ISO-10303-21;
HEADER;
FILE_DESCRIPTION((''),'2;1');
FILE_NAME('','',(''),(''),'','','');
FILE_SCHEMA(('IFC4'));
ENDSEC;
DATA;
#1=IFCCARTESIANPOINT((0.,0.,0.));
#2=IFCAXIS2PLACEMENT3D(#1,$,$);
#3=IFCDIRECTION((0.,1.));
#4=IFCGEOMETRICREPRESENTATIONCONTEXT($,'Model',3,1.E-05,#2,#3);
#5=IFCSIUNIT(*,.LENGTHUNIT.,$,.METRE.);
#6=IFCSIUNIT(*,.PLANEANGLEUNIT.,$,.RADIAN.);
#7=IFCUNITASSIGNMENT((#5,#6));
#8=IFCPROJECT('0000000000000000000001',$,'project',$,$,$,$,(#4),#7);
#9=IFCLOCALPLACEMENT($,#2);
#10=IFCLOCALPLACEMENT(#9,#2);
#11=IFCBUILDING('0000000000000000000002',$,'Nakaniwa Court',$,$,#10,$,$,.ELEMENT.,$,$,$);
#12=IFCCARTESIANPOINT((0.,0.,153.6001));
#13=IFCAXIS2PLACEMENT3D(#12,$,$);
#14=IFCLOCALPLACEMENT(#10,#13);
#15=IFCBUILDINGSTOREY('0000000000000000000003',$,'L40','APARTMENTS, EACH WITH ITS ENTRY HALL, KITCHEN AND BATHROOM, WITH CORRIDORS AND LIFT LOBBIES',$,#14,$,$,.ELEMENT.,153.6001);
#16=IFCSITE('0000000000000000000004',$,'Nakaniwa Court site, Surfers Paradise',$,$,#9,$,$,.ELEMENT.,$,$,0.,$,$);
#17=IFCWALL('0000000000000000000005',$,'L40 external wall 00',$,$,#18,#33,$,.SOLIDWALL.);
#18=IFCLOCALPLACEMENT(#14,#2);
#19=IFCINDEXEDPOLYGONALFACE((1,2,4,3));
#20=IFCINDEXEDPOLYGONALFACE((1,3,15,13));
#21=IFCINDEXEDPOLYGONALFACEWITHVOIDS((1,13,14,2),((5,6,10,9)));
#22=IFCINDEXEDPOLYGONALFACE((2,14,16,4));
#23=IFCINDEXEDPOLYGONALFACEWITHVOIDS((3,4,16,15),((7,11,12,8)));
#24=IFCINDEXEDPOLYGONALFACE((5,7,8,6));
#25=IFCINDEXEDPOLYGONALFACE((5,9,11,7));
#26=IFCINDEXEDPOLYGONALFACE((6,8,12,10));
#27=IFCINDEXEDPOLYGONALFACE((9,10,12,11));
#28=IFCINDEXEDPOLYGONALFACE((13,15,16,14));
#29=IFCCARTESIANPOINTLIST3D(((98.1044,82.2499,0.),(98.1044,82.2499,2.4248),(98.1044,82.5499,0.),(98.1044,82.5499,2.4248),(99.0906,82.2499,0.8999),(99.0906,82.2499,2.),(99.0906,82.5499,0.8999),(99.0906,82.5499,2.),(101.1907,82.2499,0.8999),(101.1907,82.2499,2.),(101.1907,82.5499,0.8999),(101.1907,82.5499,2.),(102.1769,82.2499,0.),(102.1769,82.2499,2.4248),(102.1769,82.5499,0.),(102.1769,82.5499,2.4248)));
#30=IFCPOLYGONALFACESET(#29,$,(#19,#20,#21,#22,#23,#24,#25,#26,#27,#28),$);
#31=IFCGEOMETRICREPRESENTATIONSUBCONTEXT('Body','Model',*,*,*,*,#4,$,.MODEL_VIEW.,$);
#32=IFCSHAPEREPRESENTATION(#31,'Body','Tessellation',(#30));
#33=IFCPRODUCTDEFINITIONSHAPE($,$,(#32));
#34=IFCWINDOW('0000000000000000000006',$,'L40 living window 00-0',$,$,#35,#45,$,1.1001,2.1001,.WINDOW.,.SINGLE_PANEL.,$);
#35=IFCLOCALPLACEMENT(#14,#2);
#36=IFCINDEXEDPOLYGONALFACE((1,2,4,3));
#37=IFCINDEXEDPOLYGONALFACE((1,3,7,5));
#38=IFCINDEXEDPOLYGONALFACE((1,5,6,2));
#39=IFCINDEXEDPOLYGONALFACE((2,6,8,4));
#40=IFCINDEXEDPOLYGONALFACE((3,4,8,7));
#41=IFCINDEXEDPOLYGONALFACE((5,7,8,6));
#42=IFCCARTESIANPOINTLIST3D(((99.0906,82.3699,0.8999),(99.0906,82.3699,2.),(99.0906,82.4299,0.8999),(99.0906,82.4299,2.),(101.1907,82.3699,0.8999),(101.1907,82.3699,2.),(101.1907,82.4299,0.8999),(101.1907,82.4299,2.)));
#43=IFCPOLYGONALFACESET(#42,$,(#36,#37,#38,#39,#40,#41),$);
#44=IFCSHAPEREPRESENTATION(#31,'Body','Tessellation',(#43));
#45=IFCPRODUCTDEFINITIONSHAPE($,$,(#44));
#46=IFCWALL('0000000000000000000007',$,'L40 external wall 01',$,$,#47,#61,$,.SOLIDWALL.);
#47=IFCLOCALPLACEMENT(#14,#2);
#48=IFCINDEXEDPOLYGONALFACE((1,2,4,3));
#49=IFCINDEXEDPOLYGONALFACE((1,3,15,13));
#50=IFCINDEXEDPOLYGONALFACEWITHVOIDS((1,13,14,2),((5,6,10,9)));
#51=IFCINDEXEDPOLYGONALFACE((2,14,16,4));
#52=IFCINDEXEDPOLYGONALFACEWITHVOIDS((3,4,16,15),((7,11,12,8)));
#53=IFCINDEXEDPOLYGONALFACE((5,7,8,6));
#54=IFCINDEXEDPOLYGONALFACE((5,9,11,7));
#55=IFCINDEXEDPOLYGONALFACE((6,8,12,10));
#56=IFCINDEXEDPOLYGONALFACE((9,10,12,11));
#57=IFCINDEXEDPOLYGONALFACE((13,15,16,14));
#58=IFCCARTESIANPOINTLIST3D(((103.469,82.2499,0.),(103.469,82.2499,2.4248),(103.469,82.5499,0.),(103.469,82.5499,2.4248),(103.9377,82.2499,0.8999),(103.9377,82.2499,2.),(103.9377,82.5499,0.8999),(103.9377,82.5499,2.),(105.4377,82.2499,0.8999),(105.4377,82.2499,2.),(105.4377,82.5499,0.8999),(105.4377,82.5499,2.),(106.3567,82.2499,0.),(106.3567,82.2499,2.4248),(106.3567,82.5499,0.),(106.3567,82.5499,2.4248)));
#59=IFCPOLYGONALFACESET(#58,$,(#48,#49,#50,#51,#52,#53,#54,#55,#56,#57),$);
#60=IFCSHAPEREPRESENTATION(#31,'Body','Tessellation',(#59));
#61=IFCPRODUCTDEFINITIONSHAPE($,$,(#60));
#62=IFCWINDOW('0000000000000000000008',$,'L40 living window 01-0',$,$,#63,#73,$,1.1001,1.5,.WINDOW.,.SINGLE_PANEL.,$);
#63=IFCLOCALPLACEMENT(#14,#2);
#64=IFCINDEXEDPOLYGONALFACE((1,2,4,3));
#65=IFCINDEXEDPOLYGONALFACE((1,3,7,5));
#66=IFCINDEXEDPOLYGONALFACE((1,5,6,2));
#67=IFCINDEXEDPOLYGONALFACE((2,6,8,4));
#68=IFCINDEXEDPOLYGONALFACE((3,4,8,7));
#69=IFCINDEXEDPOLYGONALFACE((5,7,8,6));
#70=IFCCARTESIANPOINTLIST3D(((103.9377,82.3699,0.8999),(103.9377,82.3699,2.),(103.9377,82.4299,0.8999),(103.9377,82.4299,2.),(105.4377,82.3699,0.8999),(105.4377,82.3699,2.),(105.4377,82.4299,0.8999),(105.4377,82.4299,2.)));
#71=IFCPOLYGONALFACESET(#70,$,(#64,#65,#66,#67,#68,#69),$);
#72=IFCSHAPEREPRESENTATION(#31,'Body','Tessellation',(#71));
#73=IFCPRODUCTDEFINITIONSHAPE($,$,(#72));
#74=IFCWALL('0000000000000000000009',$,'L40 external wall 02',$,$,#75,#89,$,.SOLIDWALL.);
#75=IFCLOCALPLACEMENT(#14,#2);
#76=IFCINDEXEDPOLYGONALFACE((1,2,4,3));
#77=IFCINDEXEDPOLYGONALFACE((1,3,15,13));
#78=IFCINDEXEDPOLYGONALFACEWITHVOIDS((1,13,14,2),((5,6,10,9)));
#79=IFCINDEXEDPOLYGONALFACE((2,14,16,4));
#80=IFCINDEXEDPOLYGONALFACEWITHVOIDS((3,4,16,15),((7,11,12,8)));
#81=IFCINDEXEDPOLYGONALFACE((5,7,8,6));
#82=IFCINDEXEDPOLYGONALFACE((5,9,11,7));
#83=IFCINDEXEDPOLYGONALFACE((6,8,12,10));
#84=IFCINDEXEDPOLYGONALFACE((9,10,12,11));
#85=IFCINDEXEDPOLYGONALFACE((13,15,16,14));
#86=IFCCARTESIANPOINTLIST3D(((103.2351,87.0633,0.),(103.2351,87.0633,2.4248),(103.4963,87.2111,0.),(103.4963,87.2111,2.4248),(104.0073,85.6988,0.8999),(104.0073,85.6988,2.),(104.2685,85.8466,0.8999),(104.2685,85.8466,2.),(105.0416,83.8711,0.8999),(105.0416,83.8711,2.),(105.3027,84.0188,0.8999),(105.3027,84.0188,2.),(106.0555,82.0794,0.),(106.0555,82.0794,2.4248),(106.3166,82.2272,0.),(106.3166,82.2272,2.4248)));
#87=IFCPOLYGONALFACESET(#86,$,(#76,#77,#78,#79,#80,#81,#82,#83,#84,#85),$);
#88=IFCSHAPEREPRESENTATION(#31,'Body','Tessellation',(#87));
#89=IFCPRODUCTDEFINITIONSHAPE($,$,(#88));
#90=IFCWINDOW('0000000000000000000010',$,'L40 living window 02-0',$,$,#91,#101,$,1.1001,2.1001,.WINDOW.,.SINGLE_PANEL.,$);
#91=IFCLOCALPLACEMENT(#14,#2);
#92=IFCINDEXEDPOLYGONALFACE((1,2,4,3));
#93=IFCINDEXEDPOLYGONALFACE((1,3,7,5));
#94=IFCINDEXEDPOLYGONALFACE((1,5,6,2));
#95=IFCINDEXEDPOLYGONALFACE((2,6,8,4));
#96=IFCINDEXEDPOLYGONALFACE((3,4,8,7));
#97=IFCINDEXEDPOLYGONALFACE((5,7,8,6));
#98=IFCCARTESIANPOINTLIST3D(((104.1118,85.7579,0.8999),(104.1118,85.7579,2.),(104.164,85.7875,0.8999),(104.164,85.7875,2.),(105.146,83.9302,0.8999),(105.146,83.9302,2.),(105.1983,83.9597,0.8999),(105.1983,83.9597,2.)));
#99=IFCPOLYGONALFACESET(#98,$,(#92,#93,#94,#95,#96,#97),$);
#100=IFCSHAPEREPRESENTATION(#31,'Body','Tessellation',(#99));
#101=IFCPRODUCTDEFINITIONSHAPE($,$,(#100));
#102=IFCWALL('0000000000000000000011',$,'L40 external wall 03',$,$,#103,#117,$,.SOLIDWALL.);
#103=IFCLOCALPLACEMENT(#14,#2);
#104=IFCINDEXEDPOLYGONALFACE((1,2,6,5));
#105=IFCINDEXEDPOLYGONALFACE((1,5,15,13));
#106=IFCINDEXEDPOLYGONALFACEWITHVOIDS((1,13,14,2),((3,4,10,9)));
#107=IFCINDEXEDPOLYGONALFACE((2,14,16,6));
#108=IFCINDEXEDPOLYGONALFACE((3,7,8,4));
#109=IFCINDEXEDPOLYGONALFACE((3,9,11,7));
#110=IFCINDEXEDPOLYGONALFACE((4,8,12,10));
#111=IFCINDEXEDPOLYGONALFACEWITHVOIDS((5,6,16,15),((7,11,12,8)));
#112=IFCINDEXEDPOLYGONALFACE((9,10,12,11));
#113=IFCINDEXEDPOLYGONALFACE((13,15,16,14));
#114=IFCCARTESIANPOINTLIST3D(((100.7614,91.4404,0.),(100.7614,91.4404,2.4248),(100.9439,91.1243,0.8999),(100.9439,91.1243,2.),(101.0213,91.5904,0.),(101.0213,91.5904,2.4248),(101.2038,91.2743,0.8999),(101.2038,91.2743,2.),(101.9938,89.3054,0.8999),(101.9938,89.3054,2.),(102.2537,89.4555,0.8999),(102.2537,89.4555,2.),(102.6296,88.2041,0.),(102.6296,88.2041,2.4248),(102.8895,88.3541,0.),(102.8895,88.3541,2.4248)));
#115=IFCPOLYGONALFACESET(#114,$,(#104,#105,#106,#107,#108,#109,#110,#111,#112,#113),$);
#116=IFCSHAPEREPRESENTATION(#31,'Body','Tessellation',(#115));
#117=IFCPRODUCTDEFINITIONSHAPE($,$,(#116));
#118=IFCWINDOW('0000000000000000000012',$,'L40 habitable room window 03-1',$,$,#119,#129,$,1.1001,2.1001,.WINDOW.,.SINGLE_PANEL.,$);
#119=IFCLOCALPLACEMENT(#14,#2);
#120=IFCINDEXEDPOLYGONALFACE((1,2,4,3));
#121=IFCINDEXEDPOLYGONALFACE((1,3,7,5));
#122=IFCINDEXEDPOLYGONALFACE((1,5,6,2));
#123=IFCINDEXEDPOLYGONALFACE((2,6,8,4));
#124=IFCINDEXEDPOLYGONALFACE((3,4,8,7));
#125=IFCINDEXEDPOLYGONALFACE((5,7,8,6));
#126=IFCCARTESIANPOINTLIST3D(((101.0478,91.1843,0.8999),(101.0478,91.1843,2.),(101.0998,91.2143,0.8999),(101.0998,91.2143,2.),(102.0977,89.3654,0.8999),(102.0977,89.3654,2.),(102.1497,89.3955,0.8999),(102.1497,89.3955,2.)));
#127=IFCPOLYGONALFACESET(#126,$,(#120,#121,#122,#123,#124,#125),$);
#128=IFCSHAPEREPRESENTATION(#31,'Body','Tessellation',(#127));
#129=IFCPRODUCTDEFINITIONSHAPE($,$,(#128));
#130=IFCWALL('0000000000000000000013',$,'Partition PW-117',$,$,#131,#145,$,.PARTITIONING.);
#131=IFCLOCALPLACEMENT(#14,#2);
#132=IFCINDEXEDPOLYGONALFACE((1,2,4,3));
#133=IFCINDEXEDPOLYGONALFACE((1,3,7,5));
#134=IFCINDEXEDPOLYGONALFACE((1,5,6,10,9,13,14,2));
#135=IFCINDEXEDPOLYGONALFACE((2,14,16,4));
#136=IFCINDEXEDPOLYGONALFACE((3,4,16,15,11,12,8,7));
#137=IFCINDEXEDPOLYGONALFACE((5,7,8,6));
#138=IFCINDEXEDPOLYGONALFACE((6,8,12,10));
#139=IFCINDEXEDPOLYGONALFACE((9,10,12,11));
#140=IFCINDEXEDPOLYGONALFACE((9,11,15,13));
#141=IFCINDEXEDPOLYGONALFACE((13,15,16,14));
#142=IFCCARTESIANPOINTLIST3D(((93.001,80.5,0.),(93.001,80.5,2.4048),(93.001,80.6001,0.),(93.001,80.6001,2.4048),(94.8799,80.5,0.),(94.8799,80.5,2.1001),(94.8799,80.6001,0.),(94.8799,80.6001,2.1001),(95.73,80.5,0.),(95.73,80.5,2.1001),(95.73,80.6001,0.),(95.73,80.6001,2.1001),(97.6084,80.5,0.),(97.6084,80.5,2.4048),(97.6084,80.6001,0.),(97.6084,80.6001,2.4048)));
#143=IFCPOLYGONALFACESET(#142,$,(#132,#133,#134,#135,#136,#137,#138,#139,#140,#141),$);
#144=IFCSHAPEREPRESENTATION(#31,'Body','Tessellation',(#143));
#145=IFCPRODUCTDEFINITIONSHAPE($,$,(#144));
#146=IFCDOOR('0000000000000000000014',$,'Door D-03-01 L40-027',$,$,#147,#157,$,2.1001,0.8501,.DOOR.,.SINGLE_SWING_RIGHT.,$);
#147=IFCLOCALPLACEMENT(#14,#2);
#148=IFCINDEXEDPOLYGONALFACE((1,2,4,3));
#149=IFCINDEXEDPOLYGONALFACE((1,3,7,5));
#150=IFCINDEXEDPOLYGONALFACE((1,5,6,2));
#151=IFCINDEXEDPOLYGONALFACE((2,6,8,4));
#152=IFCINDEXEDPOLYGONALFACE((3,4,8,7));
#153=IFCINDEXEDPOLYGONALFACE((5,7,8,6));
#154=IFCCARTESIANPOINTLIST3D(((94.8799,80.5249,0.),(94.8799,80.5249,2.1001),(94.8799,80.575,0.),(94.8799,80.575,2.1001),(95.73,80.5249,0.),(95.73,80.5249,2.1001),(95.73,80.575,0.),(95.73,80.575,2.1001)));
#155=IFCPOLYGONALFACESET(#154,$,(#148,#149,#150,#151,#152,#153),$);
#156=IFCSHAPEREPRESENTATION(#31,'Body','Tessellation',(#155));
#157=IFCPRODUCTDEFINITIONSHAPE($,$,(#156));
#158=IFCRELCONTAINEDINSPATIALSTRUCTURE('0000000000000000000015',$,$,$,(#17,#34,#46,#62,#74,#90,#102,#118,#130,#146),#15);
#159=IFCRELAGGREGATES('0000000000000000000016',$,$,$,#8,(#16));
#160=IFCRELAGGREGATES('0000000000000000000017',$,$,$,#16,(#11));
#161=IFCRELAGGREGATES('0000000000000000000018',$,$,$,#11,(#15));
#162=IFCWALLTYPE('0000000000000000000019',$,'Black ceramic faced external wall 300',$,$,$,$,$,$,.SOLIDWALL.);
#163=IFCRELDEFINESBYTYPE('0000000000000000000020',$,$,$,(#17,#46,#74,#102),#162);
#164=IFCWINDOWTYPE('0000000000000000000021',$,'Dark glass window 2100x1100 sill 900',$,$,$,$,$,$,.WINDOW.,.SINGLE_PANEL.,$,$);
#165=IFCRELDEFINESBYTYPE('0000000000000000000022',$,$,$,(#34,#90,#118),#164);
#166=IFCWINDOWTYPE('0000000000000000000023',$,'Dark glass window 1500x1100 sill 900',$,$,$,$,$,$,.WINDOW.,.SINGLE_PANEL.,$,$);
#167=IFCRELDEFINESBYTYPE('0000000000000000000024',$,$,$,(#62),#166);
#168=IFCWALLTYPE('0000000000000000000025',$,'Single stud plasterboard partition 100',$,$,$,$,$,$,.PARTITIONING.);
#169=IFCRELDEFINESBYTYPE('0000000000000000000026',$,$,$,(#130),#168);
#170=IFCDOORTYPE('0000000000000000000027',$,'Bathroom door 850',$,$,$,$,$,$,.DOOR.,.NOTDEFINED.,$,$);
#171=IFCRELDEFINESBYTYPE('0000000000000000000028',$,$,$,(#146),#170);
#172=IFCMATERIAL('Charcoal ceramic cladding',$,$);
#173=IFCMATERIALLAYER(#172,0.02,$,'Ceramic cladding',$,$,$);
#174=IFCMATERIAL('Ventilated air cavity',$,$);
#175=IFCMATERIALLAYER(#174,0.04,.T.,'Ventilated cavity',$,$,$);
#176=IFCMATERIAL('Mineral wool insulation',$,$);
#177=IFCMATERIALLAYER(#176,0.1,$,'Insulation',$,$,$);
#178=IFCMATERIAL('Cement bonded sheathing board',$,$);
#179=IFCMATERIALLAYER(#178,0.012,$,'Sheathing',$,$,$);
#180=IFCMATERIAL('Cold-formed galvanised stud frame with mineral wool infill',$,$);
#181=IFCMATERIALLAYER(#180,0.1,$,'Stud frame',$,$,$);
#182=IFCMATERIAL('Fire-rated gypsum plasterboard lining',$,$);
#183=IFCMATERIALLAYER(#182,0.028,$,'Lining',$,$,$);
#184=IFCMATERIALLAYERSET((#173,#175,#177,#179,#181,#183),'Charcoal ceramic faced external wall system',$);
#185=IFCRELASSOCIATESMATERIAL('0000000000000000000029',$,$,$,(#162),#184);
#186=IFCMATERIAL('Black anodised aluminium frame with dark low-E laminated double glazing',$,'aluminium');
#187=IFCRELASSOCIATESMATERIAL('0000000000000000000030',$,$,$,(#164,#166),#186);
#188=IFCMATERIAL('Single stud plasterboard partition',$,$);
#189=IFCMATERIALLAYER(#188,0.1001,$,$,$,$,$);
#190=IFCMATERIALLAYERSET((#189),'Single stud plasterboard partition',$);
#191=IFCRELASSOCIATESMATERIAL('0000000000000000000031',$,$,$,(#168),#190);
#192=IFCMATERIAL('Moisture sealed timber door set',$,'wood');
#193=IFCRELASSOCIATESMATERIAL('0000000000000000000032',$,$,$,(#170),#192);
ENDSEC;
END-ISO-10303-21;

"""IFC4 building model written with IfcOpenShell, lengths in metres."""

from ifc_helpers import new_model, si_unit, direction, frame, frame_2d, origin, place, context, subcontext, project, spatial, rectangle, extrude, material, layer, layer_set, type_object, element, fill, save


model = new_model("IFC4")

# Units and contexts
model_context = context("Model", 3, precision=1e-05, world=origin(), true_north=direction((0.0, 1.0)))
body_context = subcontext(model_context, "Body", "Model", "MODEL_VIEW")
ifc_project = project(units=[si_unit("LENGTHUNIT", "METRE"), si_unit("PLANEANGLEUNIT", "RADIAN")], contexts=[model_context])

# Site, building, storey
site_placement = place(None, origin())
site = spatial("IfcSite", under=ifc_project, at=site_placement, Name="Nakaniwa Court site, Surfers Paradise", CompositionType="ELEMENT", RefElevation=0.0)
building_placement = place(site_placement, origin())
building = spatial("IfcBuilding", under=site, at=building_placement, Name="Nakaniwa Court", CompositionType="ELEMENT")
storey_placement = place(building_placement, frame((0.0, 0.0, 153.6001)))
storey = spatial("IfcBuildingStorey", under=building, at=storey_placement, Name="L40", Description="APARTMENTS, EACH WITH ITS ENTRY HALL, KITCHEN AND BATHROOM, WITH CORRIDORS AND LIFT LOBBIES", CompositionType="ELEMENT", Elevation=153.6001)

# Walls, openings, windows
ifc_material_1 = material(Name="Charcoal ceramic cladding")
ifc_layer_1 = layer(ifc_material_1, 0.02, Name="Ceramic cladding")
ifc_material_2 = material(Name="Ventilated air cavity")
ifc_layer_2 = layer(ifc_material_2, 0.04, ventilated=True, Name="Ventilated cavity")
ifc_material_3 = material(Name="Mineral wool insulation")
ifc_layer_3 = layer(ifc_material_3, 0.1, Name="Insulation")
ifc_material_4 = material(Name="Cement bonded sheathing board")
ifc_layer_4 = layer(ifc_material_4, 0.012, Name="Sheathing")
ifc_material_5 = material(Name="Cold-formed galvanised stud frame with mineral wool infill")
ifc_layer_5 = layer(ifc_material_5, 0.1, Name="Stud frame")
ifc_material_6 = material(Name="Fire-rated gypsum plasterboard lining")
ifc_layer_6 = layer(ifc_material_6, 0.028, Name="Lining")
ifc_layer_set_1 = layer_set([ifc_layer_1, ifc_layer_2, ifc_layer_3, ifc_layer_4, ifc_layer_5, ifc_layer_6], Name="Charcoal ceramic faced external wall system")
wall_type_1 = type_object("IfcWallType", Name="Black ceramic faced external wall 300", PredefinedType="SOLIDWALL", material=ifc_layer_set_1)
wall_1_placement = place(storey_placement, frame((98.1045, 82.3999, 0.0), z_axis=(0.0, 0.0, 1.0), x_axis=(1.0, 0.0, 0.0)))
wall_1 = element("IfcWall", 1, at=wall_1_placement, inside=storey, type_object=wall_type_1, Name="L40 external wall 00", PredefinedType="SOLIDWALL", context=body_context, shape_type="SweptSolid", body=[
    extrude(rectangle(XDim=4.0725, YDim=0.3, at=frame_2d((2.0361, 0.0))), origin(), (0.0, 0.0, 1.0), 2.4248),
])
opening_1_placement = place(wall_1_placement, frame((0.9861, 0.0, 0.8999)))
opening_1 = element("IfcOpeningElement", 2, at=opening_1_placement, cuts=wall_1, PredefinedType="OPENING", context=body_context, shape_type="SweptSolid", body=[
    extrude(rectangle(XDim=2.1001, YDim=1.1001, at=frame_2d((1.05, 0.55))), frame((0.0, 0.1599, 0.0), z_axis=(0.0, -1.0, 0.0), x_axis=(1.0, 0.0, 0.0)), (0.0, 0.0, 1.0), 0.3201),
])
ifc_material_7 = material(Name="Black anodised aluminium frame with dark low-E laminated double glazing", Category="aluminium")
window_type_1 = type_object("IfcWindowType", Name="Dark glass window 2100x1100 sill 900", PartitioningType="SINGLE_PANEL", PredefinedType="WINDOW", material=ifc_material_7)
window_1_placement = place(opening_1_placement, origin())
window_1 = element("IfcWindow", 3, at=window_1_placement, inside=storey, type_object=window_type_1, Name="L40 living window 00-0", OverallHeight=1.1001, OverallWidth=2.1001, PartitioningType="SINGLE_PANEL", PredefinedType="WINDOW", context=body_context, shape_type="SweptSolid", body=[
    extrude(rectangle(XDim=2.1001, YDim=1.1001, at=frame_2d((1.05, 0.55))), frame((0.0, 0.03, 0.0), z_axis=(0.0, -1.0, 0.0), x_axis=(1.0, 0.0, 0.0)), (0.0, 0.0, 1.0), 0.0601),
])
fill(opening_1, window_1)
wall_2_placement = place(storey_placement, frame((103.469, 82.3999, 0.0), z_axis=(0.0, 0.0, 1.0), x_axis=(1.0, 0.0, 0.0)))
wall_2 = element("IfcWall", 4, at=wall_2_placement, inside=storey, type_object=wall_type_1, Name="L40 external wall 01", PredefinedType="SOLIDWALL", context=body_context, shape_type="SweptSolid", body=[
    extrude(rectangle(XDim=2.8877, YDim=0.3, at=frame_2d((1.4438, 0.0))), origin(), (0.0, 0.0, 1.0), 2.4248),
])
opening_2_placement = place(wall_2_placement, frame((0.4688, 0.0, 0.8999)))
opening_2 = element("IfcOpeningElement", 5, at=opening_2_placement, cuts=wall_2, PredefinedType="OPENING", context=body_context, shape_type="SweptSolid", body=[
    extrude(rectangle(XDim=1.5, YDim=1.1001, at=frame_2d((0.75, 0.55))), frame((0.0, 0.1599, 0.0), z_axis=(0.0, -1.0, 0.0), x_axis=(1.0, 0.0, 0.0)), (0.0, 0.0, 1.0), 0.3201),
])
window_type_2 = type_object("IfcWindowType", Name="Dark glass window 1500x1100 sill 900", PartitioningType="SINGLE_PANEL", PredefinedType="WINDOW", material=ifc_material_7)
window_2_placement = place(opening_2_placement, origin())
window_2 = element("IfcWindow", 6, at=window_2_placement, inside=storey, type_object=window_type_2, Name="L40 living window 01-0", OverallHeight=1.1001, OverallWidth=1.5, PartitioningType="SINGLE_PANEL", PredefinedType="WINDOW", context=body_context, shape_type="SweptSolid", body=[
    extrude(rectangle(XDim=1.5, YDim=1.1001, at=frame_2d((0.75, 0.55))), frame((0.0, 0.03, 0.0), z_axis=(0.0, -1.0, 0.0), x_axis=(1.0, 0.0, 0.0)), (0.0, 0.0, 1.0), 0.0601),
])
fill(opening_2, window_2)
wall_3_placement = place(storey_placement, frame((106.186, 82.1533, 0.0), z_axis=(0.0, 0.0, 1.0), x_axis=(-0.492498, 0.870313, 0.0)))
wall_3 = element("IfcWall", 7, at=wall_3_placement, inside=storey, type_object=wall_type_1, Name="L40 external wall 02", PredefinedType="SOLIDWALL", context=body_context, shape_type="SweptSolid", body=[
    extrude(rectangle(XDim=5.7266, YDim=0.3, at=frame_2d((2.8633, 0.0))), origin(), (0.0, 0.0, 1.0), 2.4248),
])
opening_3_placement = place(wall_3_placement, frame((2.0586, 0.0, 0.8999)))
opening_3 = element("IfcOpeningElement", 8, at=opening_3_placement, cuts=wall_3, PredefinedType="OPENING", context=body_context, shape_type="SweptSolid", body=[
    extrude(rectangle(XDim=2.1001, YDim=1.1001, at=frame_2d((1.05, 0.55))), frame((0.0, 0.1599, 0.0), z_axis=(0.0, -1.0, 0.0), x_axis=(1.0, 0.0, 0.0)), (0.0, 0.0, 1.0), 0.3201),
])
window_3_placement = place(opening_3_placement, origin())
window_3 = element("IfcWindow", 9, at=window_3_placement, inside=storey, type_object=window_type_1, Name="L40 living window 02-0", OverallHeight=1.1001, OverallWidth=2.1001, PartitioningType="SINGLE_PANEL", PredefinedType="WINDOW", context=body_context, shape_type="SweptSolid", body=[
    extrude(rectangle(XDim=2.1001, YDim=1.1001, at=frame_2d((1.05, 0.55))), frame((0.0, 0.03, 0.0), z_axis=(0.0, -1.0, 0.0), x_axis=(1.0, 0.0, 0.0)), (0.0, 0.0, 1.0), 0.0601),
])
fill(opening_3, window_3)
wall_4_placement = place(storey_placement, frame((102.7595, 88.2791, 0.0), z_axis=(0.0, 0.0, 1.0), x_axis=(-0.499934, 0.866064, 0.0)))
wall_4 = element("IfcWall", 10, at=wall_4_placement, inside=storey, type_object=wall_type_1, Name="L40 external wall 03", PredefinedType="SOLIDWALL", context=body_context, shape_type="SweptSolid", body=[
    extrude(rectangle(XDim=3.7368, YDim=0.3, at=frame_2d((1.8684, 0.0))), origin(), (0.0, 0.0, 1.0), 2.4248),
])
opening_4_placement = place(wall_4_placement, frame((1.2717, 0.0, 0.8999)))
opening_4 = element("IfcOpeningElement", 11, at=opening_4_placement, cuts=wall_4, PredefinedType="OPENING", context=body_context, shape_type="SweptSolid", body=[
    extrude(rectangle(XDim=2.1001, YDim=1.1001, at=frame_2d((1.05, 0.55))), frame((0.0, 0.1599, 0.0), z_axis=(0.0, -1.0, 0.0), x_axis=(1.0, 0.0, 0.0)), (0.0, 0.0, 1.0), 0.3201),
])
window_4_placement = place(opening_4_placement, origin())
window_4 = element("IfcWindow", 12, at=window_4_placement, inside=storey, type_object=window_type_1, Name="L40 habitable room window 03-1", OverallHeight=1.1001, OverallWidth=2.1001, PartitioningType="SINGLE_PANEL", PredefinedType="WINDOW", context=body_context, shape_type="SweptSolid", body=[
    extrude(rectangle(XDim=2.1001, YDim=1.1001, at=frame_2d((1.05, 0.55))), frame((0.0, 0.03, 0.0), z_axis=(0.0, -1.0, 0.0), x_axis=(1.0, 0.0, 0.0)), (0.0, 0.0, 1.0), 0.0601),
])
fill(opening_4, window_4)

# Wall, opening, door
ifc_material_8 = material(Name="Single stud plasterboard partition")
ifc_layer_7 = layer(ifc_material_8, 0.1001)
ifc_layer_set_2 = layer_set([ifc_layer_7], Name="Single stud plasterboard partition")
wall_type_2 = type_object("IfcWallType", Name="Single stud plasterboard partition 100", PredefinedType="PARTITIONING", material=ifc_layer_set_2)
wall_5_placement = place(storey_placement, frame((93.001, 80.55, 0.0), z_axis=(0.0, 0.0, 1.0), x_axis=(1.0, 0.0, 0.0)))
wall_5 = element("IfcWall", 13, at=wall_5_placement, inside=storey, type_object=wall_type_2, Name="Partition PW-117", PredefinedType="PARTITIONING", context=body_context, shape_type="SweptSolid", body=[
    extrude(rectangle(XDim=4.6074, YDim=0.1001, at=frame_2d((2.3037, 0.0))), origin(), (0.0, 0.0, 1.0), 2.4048),
])
opening_5_placement = place(wall_5_placement, frame((1.8789, 0.0, 0.0)))
opening_5 = element("IfcOpeningElement", 14, at=opening_5_placement, cuts=wall_5, PredefinedType="OPENING", context=body_context, shape_type="SweptSolid", body=[
    extrude(rectangle(XDim=0.8501, YDim=2.1001, at=frame_2d((0.425, 1.05))), frame((0.0, 0.0601, 0.0), z_axis=(0.0, -1.0, 0.0), x_axis=(1.0, 0.0, 0.0)), (0.0, 0.0, 1.0), 0.1201),
])
ifc_material_9 = material(Name="Moisture sealed timber door set", Category="wood")
door_type_1 = type_object("IfcDoorType", Name="Bathroom door 850", OperationType="NOTDEFINED", PredefinedType="DOOR", material=ifc_material_9)
door_1_placement = place(opening_5_placement, origin())
door_1 = element("IfcDoor", 15, at=door_1_placement, inside=storey, type_object=door_type_1, Name="Door D-03-01 L40-027", OperationType="SINGLE_SWING_RIGHT", OverallHeight=2.1001, OverallWidth=0.8501, PredefinedType="DOOR", context=body_context, shape_type="SweptSolid", body=[
    extrude(rectangle(XDim=0.8501, YDim=2.1001, at=frame_2d((0.425, 1.05))), frame((0.0, 0.0249, 0.0), z_axis=(0.0, -1.0, 0.0), x_axis=(1.0, 0.0, 0.0)), (0.0, 0.0, 1.0), 0.05),
])
fill(opening_5, door_1)

save(model, "model.ifc")
